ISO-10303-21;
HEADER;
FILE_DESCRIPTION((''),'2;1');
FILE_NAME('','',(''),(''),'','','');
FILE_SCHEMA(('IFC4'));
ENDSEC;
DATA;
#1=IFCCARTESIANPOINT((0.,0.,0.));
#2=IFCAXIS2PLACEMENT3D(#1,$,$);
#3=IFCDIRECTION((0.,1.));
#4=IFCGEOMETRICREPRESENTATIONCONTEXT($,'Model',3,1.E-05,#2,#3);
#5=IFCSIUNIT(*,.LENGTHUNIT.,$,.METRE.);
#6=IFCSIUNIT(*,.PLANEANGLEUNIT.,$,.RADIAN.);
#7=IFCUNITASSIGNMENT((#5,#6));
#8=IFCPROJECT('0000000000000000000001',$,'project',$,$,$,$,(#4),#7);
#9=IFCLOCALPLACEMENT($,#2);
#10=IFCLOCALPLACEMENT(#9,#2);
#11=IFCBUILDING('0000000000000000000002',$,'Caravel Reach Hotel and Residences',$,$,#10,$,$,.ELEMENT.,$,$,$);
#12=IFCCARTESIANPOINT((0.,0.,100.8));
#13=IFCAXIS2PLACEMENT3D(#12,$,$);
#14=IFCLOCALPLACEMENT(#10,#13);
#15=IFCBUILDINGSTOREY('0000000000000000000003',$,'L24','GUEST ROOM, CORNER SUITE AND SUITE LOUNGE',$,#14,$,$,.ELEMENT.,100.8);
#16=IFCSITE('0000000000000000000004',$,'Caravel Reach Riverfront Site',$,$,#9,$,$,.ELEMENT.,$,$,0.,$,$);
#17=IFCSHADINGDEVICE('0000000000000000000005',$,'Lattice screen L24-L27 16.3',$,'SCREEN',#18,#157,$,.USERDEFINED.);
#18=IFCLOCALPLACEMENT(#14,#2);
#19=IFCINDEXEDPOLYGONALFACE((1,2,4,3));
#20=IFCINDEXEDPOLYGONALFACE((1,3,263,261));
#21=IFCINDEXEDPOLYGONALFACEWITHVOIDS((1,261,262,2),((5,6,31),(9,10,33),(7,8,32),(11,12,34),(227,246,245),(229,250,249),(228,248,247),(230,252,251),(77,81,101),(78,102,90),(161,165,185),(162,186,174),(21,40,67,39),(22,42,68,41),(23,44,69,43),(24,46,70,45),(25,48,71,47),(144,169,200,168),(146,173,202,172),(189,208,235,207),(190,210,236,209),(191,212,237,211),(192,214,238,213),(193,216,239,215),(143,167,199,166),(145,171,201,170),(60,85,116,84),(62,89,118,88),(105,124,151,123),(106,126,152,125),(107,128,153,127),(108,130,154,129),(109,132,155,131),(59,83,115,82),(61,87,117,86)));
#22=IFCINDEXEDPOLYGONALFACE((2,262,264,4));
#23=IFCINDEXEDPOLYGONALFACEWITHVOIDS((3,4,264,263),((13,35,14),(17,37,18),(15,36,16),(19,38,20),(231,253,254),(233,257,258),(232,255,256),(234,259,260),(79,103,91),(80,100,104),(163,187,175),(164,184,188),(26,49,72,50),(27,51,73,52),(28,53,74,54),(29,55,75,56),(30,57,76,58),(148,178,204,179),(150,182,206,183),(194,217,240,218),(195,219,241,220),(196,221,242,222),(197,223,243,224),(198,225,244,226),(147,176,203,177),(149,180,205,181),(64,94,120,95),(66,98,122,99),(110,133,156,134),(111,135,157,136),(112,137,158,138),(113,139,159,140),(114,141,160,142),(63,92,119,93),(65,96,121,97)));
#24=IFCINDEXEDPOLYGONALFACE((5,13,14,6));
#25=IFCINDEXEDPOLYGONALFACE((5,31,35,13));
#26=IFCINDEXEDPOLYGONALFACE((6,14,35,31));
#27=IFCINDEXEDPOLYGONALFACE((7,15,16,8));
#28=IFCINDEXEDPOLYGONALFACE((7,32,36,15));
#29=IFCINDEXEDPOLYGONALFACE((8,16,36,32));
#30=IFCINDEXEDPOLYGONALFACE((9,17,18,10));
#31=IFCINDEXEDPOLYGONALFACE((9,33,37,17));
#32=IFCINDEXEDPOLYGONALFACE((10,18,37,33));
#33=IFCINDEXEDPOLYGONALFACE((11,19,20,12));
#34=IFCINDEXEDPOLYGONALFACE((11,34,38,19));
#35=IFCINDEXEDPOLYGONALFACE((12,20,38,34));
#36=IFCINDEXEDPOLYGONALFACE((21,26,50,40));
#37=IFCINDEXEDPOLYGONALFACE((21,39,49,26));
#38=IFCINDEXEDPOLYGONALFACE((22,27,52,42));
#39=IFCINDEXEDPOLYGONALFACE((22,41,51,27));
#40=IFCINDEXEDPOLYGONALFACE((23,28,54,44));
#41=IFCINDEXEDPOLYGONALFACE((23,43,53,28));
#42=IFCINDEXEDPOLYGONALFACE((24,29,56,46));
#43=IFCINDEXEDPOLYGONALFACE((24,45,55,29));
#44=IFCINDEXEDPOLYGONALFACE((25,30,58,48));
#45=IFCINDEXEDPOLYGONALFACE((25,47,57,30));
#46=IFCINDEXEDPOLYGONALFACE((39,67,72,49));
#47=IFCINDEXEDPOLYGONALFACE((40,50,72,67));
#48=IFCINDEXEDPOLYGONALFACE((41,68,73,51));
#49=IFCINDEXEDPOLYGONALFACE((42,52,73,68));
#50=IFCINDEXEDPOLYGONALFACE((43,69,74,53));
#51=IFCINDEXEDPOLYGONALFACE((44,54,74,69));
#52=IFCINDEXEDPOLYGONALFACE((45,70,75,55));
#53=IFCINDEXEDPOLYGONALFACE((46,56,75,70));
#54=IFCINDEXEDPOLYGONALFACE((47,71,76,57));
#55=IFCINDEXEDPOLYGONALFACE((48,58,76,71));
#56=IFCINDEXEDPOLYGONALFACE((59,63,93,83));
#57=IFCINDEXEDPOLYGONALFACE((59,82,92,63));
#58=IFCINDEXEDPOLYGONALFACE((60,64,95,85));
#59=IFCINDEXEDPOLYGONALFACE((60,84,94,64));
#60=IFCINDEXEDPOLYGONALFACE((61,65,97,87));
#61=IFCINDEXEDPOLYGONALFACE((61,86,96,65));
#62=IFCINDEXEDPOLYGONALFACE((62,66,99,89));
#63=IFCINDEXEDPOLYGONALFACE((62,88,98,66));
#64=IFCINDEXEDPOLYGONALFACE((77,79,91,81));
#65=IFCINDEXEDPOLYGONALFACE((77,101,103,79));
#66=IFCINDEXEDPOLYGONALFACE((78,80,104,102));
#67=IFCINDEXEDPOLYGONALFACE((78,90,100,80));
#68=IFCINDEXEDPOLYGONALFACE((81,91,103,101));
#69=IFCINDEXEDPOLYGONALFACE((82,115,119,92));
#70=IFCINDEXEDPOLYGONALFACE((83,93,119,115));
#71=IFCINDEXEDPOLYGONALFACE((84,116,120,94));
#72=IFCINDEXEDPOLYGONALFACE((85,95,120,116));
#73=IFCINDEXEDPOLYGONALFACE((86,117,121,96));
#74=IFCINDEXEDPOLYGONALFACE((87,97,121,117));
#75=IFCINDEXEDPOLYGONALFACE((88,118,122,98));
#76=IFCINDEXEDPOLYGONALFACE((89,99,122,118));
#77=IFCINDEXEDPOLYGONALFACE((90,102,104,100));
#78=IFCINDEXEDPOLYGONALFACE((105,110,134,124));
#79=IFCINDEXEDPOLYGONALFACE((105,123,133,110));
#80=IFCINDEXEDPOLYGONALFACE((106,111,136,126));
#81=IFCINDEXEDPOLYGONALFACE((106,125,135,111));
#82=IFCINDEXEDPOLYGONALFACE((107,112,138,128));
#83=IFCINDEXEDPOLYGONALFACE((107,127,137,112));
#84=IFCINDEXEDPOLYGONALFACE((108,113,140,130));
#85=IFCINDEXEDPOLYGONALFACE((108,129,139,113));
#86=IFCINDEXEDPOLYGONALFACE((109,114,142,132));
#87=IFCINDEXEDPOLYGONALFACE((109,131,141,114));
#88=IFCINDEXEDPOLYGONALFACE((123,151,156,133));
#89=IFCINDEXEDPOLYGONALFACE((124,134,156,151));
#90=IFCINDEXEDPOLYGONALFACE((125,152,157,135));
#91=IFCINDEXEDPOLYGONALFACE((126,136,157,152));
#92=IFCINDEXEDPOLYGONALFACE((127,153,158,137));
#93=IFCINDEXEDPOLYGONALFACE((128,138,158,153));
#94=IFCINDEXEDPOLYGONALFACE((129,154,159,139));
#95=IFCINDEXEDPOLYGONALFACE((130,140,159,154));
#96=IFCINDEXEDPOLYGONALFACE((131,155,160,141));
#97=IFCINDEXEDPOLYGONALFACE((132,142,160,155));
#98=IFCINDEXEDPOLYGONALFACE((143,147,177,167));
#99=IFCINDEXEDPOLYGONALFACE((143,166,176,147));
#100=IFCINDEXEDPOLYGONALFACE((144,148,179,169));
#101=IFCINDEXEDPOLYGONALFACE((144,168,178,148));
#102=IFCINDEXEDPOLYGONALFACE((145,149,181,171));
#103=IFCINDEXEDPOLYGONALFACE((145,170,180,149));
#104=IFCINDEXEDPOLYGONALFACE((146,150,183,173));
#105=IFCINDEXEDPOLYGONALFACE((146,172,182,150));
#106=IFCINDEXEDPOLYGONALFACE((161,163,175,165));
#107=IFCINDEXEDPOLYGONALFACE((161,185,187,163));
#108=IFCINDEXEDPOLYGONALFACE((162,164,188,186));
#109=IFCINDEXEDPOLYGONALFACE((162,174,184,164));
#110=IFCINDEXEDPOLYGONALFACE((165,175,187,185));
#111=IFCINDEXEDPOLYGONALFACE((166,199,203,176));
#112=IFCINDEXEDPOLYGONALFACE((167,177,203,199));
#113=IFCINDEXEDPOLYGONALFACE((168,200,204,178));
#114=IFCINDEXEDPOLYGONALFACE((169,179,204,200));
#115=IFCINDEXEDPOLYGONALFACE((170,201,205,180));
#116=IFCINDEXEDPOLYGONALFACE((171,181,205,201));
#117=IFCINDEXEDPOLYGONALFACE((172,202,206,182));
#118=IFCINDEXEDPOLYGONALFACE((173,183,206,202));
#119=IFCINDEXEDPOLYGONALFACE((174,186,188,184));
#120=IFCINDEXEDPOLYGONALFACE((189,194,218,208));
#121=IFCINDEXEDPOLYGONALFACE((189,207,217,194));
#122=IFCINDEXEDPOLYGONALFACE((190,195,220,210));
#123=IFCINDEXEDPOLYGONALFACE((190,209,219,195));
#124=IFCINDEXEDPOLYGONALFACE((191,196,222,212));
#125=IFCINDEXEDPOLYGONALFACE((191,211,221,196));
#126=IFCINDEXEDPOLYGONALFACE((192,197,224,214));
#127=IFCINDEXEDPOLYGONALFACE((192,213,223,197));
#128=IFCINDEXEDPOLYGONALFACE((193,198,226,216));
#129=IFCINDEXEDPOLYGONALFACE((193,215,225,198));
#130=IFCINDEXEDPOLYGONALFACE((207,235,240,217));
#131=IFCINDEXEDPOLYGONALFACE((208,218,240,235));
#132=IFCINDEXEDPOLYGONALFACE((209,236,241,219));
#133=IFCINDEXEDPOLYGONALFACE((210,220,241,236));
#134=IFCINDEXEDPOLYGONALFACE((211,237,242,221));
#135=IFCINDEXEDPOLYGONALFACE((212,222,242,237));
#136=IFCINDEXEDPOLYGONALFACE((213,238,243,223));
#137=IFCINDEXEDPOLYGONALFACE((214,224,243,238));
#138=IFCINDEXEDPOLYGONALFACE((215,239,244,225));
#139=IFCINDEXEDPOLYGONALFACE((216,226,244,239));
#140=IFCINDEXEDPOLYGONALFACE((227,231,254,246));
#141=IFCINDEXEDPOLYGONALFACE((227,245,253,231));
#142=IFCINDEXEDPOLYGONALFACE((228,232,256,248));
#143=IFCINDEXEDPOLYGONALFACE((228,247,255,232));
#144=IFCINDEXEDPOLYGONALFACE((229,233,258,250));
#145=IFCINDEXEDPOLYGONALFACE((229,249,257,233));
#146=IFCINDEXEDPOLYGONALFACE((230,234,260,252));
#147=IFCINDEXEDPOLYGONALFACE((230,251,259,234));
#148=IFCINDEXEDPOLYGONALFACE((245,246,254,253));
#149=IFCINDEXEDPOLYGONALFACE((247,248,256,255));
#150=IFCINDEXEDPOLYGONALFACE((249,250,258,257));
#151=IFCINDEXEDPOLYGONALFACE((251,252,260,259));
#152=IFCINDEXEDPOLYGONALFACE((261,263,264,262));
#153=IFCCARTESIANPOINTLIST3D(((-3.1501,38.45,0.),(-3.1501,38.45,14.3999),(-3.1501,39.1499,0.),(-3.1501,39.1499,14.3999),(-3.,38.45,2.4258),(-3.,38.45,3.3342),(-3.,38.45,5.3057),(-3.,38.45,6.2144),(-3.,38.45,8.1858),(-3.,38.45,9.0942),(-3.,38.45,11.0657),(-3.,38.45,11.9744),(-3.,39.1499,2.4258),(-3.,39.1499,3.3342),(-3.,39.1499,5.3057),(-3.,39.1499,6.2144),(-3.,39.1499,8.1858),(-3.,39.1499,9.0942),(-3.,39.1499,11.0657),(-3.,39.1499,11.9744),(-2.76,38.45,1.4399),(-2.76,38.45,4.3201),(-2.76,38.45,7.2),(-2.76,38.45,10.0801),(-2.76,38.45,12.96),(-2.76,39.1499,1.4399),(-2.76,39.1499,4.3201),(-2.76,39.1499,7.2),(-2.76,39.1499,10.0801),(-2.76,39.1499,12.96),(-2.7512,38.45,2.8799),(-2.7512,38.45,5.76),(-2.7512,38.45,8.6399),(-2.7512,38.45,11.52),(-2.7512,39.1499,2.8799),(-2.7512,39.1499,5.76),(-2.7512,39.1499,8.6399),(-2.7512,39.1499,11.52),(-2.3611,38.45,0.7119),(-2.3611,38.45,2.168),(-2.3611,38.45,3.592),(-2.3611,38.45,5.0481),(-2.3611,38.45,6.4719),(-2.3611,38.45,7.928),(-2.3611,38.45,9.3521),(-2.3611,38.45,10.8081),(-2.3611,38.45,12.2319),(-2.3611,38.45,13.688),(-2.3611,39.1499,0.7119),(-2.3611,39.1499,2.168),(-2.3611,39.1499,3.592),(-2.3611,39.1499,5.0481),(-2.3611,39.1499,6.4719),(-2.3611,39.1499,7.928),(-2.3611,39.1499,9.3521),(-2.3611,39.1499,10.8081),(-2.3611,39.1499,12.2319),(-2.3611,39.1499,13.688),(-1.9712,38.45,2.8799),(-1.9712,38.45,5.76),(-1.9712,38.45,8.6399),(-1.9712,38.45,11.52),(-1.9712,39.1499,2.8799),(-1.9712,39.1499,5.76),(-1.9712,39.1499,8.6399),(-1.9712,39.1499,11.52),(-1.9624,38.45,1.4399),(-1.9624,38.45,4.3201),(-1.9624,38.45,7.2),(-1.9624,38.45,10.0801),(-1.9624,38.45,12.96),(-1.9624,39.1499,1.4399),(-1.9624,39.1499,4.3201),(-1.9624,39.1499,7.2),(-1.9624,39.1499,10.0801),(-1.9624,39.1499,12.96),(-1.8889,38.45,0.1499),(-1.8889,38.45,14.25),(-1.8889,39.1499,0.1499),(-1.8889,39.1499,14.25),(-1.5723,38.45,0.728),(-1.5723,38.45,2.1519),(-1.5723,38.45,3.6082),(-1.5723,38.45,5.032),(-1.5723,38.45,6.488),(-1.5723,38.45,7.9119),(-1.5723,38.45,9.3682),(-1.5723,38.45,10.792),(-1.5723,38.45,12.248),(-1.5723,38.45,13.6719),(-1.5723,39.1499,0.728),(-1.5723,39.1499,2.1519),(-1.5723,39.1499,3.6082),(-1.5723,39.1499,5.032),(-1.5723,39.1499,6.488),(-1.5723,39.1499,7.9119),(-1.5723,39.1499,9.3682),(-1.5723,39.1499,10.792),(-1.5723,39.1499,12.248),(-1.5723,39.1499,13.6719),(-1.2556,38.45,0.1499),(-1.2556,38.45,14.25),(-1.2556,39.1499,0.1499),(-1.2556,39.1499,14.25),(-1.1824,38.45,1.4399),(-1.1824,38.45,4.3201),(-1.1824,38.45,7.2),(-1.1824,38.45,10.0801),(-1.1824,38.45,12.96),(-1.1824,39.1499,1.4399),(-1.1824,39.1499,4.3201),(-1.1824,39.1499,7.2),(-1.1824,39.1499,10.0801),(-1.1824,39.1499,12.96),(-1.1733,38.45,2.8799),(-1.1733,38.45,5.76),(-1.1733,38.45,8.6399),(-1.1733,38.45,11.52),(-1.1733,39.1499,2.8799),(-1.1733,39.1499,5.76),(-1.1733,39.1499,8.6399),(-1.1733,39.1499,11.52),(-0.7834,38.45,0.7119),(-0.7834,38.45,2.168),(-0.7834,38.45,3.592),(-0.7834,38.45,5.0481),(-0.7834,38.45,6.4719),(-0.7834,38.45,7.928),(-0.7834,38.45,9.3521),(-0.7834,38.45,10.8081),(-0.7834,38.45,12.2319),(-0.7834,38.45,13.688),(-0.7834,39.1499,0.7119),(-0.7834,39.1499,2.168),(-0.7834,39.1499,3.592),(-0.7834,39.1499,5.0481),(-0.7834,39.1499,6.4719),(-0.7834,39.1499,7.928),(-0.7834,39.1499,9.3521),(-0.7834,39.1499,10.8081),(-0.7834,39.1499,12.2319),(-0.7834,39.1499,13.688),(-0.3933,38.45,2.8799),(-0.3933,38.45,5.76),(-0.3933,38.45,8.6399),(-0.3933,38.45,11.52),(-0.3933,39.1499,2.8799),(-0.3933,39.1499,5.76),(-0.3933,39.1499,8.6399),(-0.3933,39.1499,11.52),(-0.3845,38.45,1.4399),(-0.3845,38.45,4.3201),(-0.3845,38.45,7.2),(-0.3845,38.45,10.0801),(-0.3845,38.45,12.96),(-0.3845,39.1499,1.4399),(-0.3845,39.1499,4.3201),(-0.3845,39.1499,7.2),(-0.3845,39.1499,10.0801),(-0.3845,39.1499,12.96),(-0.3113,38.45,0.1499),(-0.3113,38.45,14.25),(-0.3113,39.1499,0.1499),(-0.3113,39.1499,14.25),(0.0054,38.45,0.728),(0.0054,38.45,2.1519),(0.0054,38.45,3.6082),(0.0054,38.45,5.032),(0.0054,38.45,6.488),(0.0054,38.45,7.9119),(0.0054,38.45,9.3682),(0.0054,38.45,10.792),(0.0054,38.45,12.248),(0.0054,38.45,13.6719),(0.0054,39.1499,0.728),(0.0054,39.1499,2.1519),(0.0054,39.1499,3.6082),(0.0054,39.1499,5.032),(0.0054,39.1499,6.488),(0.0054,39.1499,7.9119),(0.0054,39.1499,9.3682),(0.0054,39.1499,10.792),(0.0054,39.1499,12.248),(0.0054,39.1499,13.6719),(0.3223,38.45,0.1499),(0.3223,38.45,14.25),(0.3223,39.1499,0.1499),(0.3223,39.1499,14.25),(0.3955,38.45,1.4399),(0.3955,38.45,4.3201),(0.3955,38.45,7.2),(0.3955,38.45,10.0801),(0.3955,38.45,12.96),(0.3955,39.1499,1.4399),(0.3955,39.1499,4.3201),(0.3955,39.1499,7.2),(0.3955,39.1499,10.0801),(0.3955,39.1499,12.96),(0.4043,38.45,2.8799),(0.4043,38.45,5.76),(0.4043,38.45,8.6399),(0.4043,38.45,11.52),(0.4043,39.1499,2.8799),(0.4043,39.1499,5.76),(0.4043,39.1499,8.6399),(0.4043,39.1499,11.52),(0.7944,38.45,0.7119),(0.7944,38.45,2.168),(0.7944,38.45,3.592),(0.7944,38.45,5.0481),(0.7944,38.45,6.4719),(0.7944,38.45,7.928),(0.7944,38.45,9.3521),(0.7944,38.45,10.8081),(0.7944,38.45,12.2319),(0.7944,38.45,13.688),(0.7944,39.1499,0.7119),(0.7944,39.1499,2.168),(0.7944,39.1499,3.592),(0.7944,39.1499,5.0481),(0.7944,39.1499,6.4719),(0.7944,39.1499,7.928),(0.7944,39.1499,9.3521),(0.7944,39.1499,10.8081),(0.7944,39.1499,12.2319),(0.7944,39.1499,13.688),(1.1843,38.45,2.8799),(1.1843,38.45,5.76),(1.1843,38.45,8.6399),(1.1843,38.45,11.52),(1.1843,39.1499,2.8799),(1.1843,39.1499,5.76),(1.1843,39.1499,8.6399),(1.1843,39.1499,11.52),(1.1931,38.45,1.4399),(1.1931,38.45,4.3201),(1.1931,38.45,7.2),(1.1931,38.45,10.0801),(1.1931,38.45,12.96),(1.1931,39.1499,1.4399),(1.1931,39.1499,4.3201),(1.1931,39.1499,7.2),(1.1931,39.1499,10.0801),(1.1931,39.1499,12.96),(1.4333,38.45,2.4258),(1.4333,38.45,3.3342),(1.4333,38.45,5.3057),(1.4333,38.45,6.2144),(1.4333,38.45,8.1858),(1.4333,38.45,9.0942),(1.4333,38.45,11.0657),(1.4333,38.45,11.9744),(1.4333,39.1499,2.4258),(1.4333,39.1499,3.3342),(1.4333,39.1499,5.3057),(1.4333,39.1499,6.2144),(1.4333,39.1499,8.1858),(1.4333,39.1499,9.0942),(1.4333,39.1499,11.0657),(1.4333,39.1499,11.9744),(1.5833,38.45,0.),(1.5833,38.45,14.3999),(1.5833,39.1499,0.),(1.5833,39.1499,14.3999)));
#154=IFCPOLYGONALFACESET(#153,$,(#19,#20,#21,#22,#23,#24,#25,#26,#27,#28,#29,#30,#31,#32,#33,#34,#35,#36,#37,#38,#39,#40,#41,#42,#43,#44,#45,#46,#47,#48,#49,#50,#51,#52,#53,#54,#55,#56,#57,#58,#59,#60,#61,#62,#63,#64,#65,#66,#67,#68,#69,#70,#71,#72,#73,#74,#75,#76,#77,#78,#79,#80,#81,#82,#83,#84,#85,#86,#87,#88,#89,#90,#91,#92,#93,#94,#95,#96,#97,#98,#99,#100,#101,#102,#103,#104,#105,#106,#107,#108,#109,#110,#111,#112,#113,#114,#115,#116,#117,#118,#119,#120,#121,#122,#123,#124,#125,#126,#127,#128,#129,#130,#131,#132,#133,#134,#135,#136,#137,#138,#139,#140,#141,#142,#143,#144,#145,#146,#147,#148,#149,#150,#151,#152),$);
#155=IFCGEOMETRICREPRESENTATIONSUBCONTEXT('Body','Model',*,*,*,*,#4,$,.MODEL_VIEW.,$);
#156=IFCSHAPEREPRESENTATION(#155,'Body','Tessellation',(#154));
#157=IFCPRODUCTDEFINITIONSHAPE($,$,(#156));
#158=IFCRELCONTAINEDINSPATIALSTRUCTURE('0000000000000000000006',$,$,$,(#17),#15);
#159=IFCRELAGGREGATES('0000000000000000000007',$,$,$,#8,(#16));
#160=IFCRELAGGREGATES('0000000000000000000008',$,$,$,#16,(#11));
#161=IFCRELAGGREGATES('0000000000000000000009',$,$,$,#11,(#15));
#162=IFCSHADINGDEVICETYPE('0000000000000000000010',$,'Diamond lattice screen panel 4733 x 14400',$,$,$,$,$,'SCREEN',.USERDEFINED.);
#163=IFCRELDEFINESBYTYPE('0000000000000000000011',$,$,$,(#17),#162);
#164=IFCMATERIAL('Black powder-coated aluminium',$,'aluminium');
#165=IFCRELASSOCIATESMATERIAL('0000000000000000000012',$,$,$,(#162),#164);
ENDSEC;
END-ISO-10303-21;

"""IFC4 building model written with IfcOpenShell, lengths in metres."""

from ifc_helpers import new_model, si_unit, direction, frame, origin, place, context, subcontext, project, spatial, polyline, outline, extrude, material, type_object, element, save


model = new_model("IFC4")

# Units and contexts
model_context = context("Model", 3, precision=1e-05, world=origin(), true_north=direction((0.0, 1.0)))
body_context = subcontext(model_context, "Body", "Model", "MODEL_VIEW")
ifc_project = project(units=[si_unit("LENGTHUNIT", "METRE"), si_unit("PLANEANGLEUNIT", "RADIAN")], contexts=[model_context])

# Site, building, storey
site_placement = place(None, origin())
site = spatial("IfcSite", under=ifc_project, at=site_placement, Name="Caravel Reach Riverfront Site", CompositionType="ELEMENT", RefElevation=0.0)
building_placement = place(site_placement, origin())
building = spatial("IfcBuilding", under=site, at=building_placement, Name="Caravel Reach Hotel and Residences", CompositionType="ELEMENT")
storey_placement = place(building_placement, frame((0.0, 0.0, 100.8)))
storey = spatial("IfcBuildingStorey", under=building, at=storey_placement, Name="L24", Description="GUEST ROOM, CORNER SUITE AND SUITE LOUNGE", CompositionType="ELEMENT", Elevation=100.8)

# Shading device
ifc_material_1 = material(Name="Black powder-coated aluminium", Category="aluminium")
shading_device_type_1 = type_object("IfcShadingDeviceType", Name="Diamond lattice screen panel 4733 x 14400", ElementType="SCREEN", PredefinedType="USERDEFINED", material=ifc_material_1)
shading_device_1_placement = place(storey_placement, frame((1.5833, 38.45, 0.0), z_axis=(0.0, 1.0, 0.0), x_axis=(-1.0, 0.0, 0.0)))
element("IfcShadingDevice", 1, at=shading_device_1_placement, inside=storey, type_object=shading_device_type_1, Name="Lattice screen L24-L27 16.3", ObjectType="SCREEN", PredefinedType="USERDEFINED", context=body_context, shape_type="SweptSolid", body=[
    extrude(outline(polyline([(0.0, 0.0), (4.7334, 0.0), (4.7334, 14.3999), (0.0, 14.3999), (0.0, 0.0)]), holes=[polyline([(0.3989, 2.8799), (0.1499, 3.3342), (0.1499, 2.4258), (0.3989, 2.8799)]), polyline([(0.3989, 5.76), (0.1499, 6.2144), (0.1499, 5.3057), (0.3989, 5.76)]), polyline([(0.3989, 8.6399), (0.1499, 9.0942), (0.1499, 8.1858), (0.3989, 8.6399)]), polyline([(0.3989, 11.52), (0.1499, 11.9744), (0.1499, 11.0657), (0.3989, 11.52)]), polyline([(0.7888, 2.168), (0.3901, 1.4399), (0.7888, 0.7119), (1.1877, 1.4399), (0.7888, 2.168)]), polyline([(0.7888, 5.0481), (0.3901, 4.3201), (0.7888, 3.592), (1.1877, 4.3201), (0.7888, 5.0481)]), polyline([(0.7888, 7.928), (0.3901, 7.2), (0.7888, 6.4719), (1.1877, 7.2), (0.7888, 7.928)]), polyline([(0.7888, 10.8081), (0.3901, 10.0801), (0.7888, 9.3521), (1.1877, 10.0801), (0.7888, 10.8081)]), polyline([(0.7888, 13.688), (0.3901, 12.96), (0.7888, 12.2319), (1.1877, 12.96), (0.7888, 13.688)]), polyline([(1.5779, 0.728), (1.261, 0.1499), (1.8945, 0.1499), (1.5779, 0.728)]), polyline([(1.5779, 3.6082), (1.179, 2.8799), (1.5779, 2.1519), (1.9766, 2.8799), (1.5779, 3.6082)]), polyline([(1.5779, 6.488), (1.179, 5.76), (1.5779, 5.032), (1.9766, 5.76), (1.5779, 6.488)]), polyline([(1.5779, 9.3682), (1.179, 8.6399), (1.5779, 7.9119), (1.9766, 8.6399), (1.5779, 9.3682)]), polyline([(1.5779, 12.248), (1.179, 11.52), (1.5779, 10.792), (1.9766, 11.52), (1.5779, 12.248)]), polyline([(1.5779, 13.6719), (1.8945, 14.25), (1.261, 14.25), (1.5779, 13.6719)]), polyline([(2.3667, 2.168), (1.9678, 1.4399), (2.3667, 0.7119), (2.7656, 1.4399), (2.3667, 2.168)]), polyline([(2.3667, 5.0481), (1.9678, 4.3201), (2.3667, 3.592), (2.7656, 4.3201), (2.3667, 5.0481)]), polyline([(2.3667, 7.928), (1.9678, 7.2), (2.3667, 6.4719), (2.7656, 7.2), (2.3667, 7.928)]), polyline([(2.3667, 10.8081), (1.9678, 10.0801), (2.3667, 9.3521), (2.7656, 10.0801), (2.3667, 10.8081)]), polyline([(2.3667, 13.688), (1.9678, 12.96), (2.3667, 12.2319), (2.7656, 12.96), (2.3667, 13.688)]), polyline([(3.1555, 0.728), (2.8389, 0.1499), (3.4722, 0.1499), (3.1555, 0.728)]), polyline([(3.1555, 3.6082), (2.7566, 2.8799), (3.1555, 2.1519), (3.5544, 2.8799), (3.1555, 3.6082)]), polyline([(3.1555, 6.488), (2.7566, 5.76), (3.1555, 5.032), (3.5544, 5.76), (3.1555, 6.488)]), polyline([(3.1555, 9.3682), (2.7566, 8.6399), (3.1555, 7.9119), (3.5544, 8.6399), (3.1555, 9.3682)]), polyline([(3.1555, 12.248), (2.7566, 11.52), (3.1555, 10.792), (3.5544, 11.52), (3.1555, 12.248)]), polyline([(3.1555, 13.6719), (3.4722, 14.25), (2.8389, 14.25), (3.1555, 13.6719)]), polyline([(3.9443, 2.168), (3.5457, 1.4399), (3.9443, 0.7119), (4.3433, 1.4399), (3.9443, 2.168)]), polyline([(3.9443, 5.0481), (3.5457, 4.3201), (3.9443, 3.592), (4.3433, 4.3201), (3.9443, 5.0481)]), polyline([(3.9443, 7.928), (3.5457, 7.2), (3.9443, 6.4719), (4.3433, 7.2), (3.9443, 7.928)]), polyline([(3.9443, 10.8081), (3.5457, 10.0801), (3.9443, 9.3521), (4.3433, 10.0801), (3.9443, 10.8081)]), polyline([(3.9443, 13.688), (3.5457, 12.96), (3.9443, 12.2319), (4.3433, 12.96), (3.9443, 13.688)]), polyline([(4.3345, 2.8799), (4.5833, 2.4258), (4.5833, 3.3342), (4.3345, 2.8799)]), polyline([(4.3345, 5.76), (4.5833, 5.3057), (4.5833, 6.2144), (4.3345, 5.76)]), polyline([(4.3345, 8.6399), (4.5833, 8.1858), (4.5833, 9.0942), (4.3345, 8.6399)]), polyline([(4.3345, 11.52), (4.5833, 11.0657), (4.5833, 11.9744), (4.3345, 11.52)])]), origin(), (0.0, 0.0, 1.0), 0.7),
])

save(model, "model.ifc")
